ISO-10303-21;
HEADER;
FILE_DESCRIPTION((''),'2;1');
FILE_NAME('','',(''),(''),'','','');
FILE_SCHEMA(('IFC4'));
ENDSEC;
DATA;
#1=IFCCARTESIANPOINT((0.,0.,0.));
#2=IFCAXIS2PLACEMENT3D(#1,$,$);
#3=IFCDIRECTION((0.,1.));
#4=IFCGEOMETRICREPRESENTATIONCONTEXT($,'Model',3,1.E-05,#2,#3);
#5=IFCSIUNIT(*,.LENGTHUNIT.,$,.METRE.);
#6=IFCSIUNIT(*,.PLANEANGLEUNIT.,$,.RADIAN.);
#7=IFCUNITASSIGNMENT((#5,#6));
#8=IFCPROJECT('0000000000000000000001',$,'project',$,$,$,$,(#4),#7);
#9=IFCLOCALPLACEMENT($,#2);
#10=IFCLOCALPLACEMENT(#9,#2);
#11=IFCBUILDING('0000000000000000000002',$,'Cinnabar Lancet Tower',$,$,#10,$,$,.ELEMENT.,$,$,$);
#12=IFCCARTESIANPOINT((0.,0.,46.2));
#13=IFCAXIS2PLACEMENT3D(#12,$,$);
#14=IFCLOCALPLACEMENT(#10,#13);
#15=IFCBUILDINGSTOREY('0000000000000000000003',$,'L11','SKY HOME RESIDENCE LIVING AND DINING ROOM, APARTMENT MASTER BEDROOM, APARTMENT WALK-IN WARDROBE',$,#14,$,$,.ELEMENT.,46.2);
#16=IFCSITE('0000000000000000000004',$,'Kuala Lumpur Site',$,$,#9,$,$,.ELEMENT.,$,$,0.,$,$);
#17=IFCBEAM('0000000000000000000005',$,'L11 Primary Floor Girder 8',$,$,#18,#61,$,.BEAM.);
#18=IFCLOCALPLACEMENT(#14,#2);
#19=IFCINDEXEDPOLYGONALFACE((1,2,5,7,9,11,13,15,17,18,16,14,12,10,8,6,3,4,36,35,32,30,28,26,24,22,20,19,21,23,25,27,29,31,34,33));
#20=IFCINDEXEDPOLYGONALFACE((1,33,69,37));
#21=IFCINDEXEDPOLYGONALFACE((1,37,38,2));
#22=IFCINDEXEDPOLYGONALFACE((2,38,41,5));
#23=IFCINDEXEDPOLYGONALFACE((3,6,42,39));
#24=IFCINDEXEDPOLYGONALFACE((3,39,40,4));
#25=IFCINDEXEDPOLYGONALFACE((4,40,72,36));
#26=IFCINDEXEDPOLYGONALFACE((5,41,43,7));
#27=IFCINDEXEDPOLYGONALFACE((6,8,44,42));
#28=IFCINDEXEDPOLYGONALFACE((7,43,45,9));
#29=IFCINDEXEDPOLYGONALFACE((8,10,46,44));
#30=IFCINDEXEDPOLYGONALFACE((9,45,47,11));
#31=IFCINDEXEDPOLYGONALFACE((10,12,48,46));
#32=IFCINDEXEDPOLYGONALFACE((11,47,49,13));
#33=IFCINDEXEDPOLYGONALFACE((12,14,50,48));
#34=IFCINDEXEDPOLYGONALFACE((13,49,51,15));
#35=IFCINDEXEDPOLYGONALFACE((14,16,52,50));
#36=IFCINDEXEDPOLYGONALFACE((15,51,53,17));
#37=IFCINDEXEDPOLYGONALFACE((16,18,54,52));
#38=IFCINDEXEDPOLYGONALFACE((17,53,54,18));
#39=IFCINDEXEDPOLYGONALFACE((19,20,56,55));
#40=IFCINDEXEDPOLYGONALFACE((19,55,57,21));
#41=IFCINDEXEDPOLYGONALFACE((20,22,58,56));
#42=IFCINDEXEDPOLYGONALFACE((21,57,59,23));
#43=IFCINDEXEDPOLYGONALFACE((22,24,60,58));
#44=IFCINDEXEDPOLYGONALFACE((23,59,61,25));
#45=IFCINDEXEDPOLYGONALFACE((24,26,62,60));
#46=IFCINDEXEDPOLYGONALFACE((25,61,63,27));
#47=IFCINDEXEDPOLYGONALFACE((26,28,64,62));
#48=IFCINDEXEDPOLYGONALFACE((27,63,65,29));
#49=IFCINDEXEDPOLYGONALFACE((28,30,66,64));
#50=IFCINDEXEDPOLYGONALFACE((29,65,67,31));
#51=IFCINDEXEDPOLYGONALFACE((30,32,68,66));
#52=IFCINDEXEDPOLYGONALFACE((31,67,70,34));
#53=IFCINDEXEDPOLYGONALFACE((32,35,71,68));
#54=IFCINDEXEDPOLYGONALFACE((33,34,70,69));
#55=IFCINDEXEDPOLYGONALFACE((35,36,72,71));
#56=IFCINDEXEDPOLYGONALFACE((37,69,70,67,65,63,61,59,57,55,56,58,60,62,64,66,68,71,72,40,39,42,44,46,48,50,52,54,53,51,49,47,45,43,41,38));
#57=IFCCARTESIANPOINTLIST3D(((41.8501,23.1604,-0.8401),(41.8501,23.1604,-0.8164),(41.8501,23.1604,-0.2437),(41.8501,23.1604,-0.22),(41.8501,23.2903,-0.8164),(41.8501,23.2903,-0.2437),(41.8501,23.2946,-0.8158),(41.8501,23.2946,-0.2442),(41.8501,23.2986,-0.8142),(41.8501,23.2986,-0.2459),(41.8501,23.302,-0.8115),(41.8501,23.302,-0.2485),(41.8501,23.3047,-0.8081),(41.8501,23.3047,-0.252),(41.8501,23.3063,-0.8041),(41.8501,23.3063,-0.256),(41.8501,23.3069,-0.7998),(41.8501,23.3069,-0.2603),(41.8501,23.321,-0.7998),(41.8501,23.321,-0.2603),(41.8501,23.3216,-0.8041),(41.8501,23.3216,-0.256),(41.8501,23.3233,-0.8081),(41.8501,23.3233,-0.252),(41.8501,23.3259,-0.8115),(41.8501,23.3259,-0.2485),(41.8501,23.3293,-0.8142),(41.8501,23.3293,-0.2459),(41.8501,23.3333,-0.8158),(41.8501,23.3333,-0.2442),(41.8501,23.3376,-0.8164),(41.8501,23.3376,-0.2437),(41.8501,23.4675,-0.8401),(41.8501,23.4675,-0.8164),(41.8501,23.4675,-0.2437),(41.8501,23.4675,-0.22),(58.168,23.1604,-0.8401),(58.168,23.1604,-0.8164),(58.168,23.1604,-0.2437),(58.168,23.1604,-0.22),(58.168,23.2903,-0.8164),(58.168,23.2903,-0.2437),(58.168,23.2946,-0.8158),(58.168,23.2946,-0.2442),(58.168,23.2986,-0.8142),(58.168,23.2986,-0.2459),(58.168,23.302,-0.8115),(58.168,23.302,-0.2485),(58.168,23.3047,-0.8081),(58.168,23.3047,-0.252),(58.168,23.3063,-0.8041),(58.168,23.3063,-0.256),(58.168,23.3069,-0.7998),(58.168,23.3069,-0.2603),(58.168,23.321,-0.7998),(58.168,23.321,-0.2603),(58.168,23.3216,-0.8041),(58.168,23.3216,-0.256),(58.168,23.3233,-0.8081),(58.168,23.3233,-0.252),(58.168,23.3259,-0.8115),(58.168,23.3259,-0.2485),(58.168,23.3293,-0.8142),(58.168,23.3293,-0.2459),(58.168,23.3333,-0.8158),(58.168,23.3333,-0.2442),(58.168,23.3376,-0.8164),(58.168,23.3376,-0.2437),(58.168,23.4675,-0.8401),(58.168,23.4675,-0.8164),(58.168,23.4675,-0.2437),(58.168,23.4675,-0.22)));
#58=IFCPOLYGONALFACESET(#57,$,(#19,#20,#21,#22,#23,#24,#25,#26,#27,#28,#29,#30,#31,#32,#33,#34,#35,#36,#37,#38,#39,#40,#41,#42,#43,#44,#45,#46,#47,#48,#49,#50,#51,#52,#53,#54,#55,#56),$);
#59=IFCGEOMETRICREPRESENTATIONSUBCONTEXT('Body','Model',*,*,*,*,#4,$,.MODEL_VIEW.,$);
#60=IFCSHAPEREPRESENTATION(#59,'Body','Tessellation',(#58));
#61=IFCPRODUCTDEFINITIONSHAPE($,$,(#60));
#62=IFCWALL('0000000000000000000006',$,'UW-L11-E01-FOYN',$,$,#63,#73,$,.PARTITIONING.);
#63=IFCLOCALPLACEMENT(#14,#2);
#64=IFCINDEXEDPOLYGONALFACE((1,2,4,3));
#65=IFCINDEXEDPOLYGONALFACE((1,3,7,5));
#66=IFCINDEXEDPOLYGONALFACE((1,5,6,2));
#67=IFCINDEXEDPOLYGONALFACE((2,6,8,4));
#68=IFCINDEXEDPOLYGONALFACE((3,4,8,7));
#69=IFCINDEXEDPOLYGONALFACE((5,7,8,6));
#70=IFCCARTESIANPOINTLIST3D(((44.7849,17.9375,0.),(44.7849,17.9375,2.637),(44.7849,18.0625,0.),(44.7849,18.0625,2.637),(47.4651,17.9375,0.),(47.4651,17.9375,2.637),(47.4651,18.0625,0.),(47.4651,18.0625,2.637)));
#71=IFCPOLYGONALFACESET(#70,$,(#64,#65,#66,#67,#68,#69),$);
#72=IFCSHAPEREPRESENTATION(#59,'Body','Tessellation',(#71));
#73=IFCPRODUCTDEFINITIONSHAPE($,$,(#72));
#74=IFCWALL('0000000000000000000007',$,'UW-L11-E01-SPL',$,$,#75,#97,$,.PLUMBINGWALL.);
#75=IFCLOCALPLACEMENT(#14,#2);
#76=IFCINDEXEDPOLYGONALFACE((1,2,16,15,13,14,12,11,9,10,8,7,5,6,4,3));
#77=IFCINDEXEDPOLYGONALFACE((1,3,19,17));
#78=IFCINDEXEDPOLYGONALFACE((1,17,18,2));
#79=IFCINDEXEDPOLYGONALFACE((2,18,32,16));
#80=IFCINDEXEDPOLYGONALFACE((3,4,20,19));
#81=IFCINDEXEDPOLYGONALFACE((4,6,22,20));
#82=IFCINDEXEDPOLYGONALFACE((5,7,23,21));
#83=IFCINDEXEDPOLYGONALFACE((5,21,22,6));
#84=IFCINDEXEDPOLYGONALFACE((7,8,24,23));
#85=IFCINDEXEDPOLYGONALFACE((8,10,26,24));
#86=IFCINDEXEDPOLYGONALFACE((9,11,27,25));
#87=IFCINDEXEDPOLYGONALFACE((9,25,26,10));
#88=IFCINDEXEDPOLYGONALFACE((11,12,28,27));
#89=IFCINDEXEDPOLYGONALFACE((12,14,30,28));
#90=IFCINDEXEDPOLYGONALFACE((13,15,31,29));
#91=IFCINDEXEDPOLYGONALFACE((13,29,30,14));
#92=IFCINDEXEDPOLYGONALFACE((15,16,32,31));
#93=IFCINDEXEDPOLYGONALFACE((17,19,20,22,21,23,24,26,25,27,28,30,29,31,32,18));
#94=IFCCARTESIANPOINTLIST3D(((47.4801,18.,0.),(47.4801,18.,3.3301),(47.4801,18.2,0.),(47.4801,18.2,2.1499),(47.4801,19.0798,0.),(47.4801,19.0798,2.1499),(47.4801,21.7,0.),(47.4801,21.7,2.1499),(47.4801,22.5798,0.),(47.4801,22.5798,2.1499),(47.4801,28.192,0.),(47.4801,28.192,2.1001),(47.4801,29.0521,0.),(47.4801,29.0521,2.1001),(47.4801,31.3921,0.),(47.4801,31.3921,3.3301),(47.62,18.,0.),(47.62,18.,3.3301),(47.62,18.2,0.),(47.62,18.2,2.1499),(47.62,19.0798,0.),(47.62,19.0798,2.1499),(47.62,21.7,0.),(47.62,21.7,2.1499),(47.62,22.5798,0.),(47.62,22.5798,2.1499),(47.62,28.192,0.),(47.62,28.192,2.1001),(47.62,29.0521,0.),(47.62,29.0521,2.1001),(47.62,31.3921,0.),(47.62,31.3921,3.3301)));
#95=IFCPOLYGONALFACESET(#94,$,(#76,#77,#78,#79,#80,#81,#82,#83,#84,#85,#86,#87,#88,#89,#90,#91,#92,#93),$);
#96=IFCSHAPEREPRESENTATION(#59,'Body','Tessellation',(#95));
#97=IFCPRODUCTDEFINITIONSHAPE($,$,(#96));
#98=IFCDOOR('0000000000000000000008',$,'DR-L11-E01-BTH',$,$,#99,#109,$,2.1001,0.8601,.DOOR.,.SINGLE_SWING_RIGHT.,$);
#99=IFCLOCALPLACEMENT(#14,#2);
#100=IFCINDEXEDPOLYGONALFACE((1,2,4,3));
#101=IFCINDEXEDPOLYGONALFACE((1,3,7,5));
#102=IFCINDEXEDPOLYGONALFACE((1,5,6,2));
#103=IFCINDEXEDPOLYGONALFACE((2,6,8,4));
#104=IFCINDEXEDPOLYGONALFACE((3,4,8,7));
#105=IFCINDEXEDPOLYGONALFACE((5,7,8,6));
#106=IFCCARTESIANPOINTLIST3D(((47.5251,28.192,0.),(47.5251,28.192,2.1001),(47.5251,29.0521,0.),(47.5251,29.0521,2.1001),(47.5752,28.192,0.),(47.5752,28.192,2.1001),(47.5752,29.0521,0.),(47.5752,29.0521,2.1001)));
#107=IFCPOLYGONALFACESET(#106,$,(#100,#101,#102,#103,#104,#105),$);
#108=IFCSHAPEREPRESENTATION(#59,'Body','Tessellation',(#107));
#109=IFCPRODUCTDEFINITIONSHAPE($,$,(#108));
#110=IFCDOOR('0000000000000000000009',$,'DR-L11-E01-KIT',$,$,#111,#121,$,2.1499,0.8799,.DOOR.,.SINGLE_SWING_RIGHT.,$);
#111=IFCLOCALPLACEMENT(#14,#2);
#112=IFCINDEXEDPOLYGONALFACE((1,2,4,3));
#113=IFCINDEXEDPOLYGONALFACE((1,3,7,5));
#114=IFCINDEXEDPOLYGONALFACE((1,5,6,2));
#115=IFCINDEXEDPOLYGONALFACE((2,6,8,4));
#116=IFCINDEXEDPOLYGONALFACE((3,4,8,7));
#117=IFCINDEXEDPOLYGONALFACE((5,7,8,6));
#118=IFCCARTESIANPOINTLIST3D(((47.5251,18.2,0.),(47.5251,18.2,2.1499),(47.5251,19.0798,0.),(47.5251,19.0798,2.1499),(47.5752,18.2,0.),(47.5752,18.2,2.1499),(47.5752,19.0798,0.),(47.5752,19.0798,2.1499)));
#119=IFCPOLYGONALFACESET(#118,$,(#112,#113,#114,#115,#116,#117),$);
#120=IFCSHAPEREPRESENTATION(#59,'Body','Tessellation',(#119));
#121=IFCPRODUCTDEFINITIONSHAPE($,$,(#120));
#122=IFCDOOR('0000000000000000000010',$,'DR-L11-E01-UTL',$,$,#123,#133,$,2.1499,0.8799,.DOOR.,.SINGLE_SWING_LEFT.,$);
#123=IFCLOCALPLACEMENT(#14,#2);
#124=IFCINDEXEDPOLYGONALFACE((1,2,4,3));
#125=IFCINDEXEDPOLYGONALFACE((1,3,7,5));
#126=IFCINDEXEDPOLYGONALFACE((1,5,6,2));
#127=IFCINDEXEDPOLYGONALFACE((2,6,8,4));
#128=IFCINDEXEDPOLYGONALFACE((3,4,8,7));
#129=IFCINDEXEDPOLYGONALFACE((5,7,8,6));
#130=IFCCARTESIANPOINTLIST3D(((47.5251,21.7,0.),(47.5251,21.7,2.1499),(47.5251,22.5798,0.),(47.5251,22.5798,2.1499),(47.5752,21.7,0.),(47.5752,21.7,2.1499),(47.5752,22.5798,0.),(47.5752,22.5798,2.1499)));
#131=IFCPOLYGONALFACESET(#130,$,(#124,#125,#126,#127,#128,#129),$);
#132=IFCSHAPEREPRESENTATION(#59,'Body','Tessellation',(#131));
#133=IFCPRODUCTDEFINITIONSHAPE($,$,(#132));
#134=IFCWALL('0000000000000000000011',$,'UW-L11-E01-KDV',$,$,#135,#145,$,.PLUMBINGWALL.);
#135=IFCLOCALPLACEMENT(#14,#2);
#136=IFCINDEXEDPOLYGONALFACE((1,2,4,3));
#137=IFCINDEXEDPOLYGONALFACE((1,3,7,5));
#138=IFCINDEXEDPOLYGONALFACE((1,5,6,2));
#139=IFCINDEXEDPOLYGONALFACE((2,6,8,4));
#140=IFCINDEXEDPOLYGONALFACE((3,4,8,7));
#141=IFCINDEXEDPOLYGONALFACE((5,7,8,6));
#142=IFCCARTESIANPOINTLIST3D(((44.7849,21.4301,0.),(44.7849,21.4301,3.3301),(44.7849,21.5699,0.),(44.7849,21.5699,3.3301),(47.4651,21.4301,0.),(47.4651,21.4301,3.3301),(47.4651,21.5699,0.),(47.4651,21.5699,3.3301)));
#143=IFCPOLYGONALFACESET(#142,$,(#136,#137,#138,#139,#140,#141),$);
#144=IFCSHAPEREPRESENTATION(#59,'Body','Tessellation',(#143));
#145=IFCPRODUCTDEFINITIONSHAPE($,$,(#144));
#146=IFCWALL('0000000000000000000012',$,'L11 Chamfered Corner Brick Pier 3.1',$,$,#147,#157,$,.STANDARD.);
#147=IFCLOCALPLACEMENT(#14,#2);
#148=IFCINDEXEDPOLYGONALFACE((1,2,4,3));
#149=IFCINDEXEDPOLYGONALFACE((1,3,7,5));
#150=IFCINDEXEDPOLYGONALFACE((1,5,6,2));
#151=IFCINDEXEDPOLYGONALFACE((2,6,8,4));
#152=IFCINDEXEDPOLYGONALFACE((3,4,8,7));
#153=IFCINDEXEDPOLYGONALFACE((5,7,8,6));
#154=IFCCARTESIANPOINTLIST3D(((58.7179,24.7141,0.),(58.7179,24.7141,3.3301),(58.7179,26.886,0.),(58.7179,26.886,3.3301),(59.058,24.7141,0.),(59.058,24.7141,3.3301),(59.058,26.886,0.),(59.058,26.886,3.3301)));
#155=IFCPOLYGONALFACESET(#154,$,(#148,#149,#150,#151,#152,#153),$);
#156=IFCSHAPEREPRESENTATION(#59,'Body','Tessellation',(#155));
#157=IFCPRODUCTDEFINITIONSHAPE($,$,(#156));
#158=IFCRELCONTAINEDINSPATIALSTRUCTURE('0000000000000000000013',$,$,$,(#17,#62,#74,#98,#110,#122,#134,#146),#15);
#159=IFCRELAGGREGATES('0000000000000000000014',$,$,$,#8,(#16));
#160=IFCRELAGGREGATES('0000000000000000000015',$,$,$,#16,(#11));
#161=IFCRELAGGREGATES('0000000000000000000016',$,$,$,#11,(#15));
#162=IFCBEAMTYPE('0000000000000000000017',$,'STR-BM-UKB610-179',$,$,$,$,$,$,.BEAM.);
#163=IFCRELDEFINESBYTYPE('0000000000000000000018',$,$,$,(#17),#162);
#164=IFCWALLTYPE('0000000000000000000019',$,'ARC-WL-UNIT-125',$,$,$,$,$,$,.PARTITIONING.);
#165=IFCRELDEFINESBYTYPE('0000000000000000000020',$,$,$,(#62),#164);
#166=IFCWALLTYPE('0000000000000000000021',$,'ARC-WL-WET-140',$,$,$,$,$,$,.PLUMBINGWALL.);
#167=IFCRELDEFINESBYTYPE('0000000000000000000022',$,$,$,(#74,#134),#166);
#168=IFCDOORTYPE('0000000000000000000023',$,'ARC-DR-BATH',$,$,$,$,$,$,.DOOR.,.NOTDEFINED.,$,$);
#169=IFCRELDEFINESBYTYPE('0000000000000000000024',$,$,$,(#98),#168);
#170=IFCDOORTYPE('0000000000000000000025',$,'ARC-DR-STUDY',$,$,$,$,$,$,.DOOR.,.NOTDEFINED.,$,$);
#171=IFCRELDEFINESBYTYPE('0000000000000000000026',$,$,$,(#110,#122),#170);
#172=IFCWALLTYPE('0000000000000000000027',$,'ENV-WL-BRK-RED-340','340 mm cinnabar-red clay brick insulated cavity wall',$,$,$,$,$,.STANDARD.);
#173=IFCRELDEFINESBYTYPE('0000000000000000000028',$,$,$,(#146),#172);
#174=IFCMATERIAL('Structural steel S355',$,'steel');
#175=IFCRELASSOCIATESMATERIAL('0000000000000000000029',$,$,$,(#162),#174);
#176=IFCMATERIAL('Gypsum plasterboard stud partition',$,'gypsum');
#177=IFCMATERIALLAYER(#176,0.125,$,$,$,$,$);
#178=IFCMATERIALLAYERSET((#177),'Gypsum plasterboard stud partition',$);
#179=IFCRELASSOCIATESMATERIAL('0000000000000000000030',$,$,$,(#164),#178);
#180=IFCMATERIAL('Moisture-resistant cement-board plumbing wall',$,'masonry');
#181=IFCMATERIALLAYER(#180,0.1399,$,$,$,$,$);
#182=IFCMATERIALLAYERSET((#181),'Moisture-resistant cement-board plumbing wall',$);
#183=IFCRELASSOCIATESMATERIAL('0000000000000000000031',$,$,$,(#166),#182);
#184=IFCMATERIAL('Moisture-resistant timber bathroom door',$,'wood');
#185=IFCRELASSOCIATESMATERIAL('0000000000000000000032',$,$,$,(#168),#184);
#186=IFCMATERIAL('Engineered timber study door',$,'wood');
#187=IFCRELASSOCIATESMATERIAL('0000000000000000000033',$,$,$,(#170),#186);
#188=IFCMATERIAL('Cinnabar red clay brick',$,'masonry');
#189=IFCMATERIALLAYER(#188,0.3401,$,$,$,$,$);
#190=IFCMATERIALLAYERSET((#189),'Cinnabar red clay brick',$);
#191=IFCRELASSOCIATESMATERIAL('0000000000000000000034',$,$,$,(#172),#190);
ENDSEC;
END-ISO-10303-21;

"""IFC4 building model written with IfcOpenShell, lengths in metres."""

from ifc_helpers import new_model, si_unit, direction, frame, frame_2d, origin, origin_2d, place, context, subcontext, project, spatial, rectangle, i_section, extrude, material, layer, layer_set, material_profile, profile_set, type_object, element, fill, save


model = new_model("IFC4")

# Units and contexts
model_context = context("Model", 3, precision=1e-05, world=origin(), true_north=direction((0.0, 1.0)))
body_context = subcontext(model_context, "Body", "Model", "MODEL_VIEW")
ifc_project = project(units=[si_unit("LENGTHUNIT", "METRE"), si_unit("PLANEANGLEUNIT", "RADIAN")], contexts=[model_context])

# Site, building, storey
site_placement = place(None, origin())
site = spatial("IfcSite", under=ifc_project, at=site_placement, Name="Kuala Lumpur Site", CompositionType="ELEMENT", RefElevation=0.0)
building_placement = place(site_placement, origin())
building = spatial("IfcBuilding", under=site, at=building_placement, Name="Cinnabar Lancet Tower", CompositionType="ELEMENT")
storey_placement = place(building_placement, frame((0.0, 0.0, 46.2)))
storey = spatial("IfcBuildingStorey", under=building, at=storey_placement, Name="L11", Description="SKY HOME RESIDENCE LIVING AND DINING ROOM, APARTMENT MASTER BEDROOM, APARTMENT WALK-IN WARDROBE", CompositionType="ELEMENT", Elevation=46.2)

# Beam
ifc_material_1 = material(Name="Structural steel S355", Category="steel")
ifc_material_profile_1 = material_profile(ifc_material_1, i_section(OverallWidth=0.3071, OverallDepth=0.6201, WebThickness=0.0142, FlangeThickness=0.0237, FilletRadius=0.0166, at=origin_2d()), Name="UKB 610x305x179")
ifc_profile_set_1 = profile_set([ifc_material_profile_1], Name="Structural steel S355")
beam_type_1 = type_object("IfcBeamType", Name="STR-BM-UKB610-179", PredefinedType="BEAM", material=ifc_profile_set_1)
beam_1_placement = place(storey_placement, frame((58.168, 23.314, -0.53), z_axis=(-1.0, 0.0, 0.0), x_axis=(0.0, -1.0, 0.0)))
element("IfcBeam", 1, at=beam_1_placement, inside=storey, type_object=beam_type_1, Name="L11 Primary Floor Girder 8", PredefinedType="BEAM", context=body_context, shape_type="SweptSolid", body=[
    extrude(i_section(OverallWidth=0.3071, OverallDepth=0.6201, WebThickness=0.0142, FlangeThickness=0.0237, FilletRadius=0.0166, at=origin_2d()), origin(), (0.0, 0.0, 1.0), 16.3179),
])

# Wall
ifc_material_2 = material(Name="Gypsum plasterboard stud partition", Category="gypsum")
ifc_layer_1 = layer(ifc_material_2, 0.125)
ifc_layer_set_1 = layer_set([ifc_layer_1], Name="Gypsum plasterboard stud partition")
wall_type_1 = type_object("IfcWallType", Name="ARC-WL-UNIT-125", PredefinedType="PARTITIONING", material=ifc_layer_set_1)
wall_1_placement = place(storey_placement, frame((44.7849, 18.0, 0.0), z_axis=(0.0, 0.0, 1.0), x_axis=(1.0, 0.0, 0.0)))
element("IfcWall", 2, at=wall_1_placement, inside=storey, type_object=wall_type_1, Name="UW-L11-E01-FOYN", PredefinedType="PARTITIONING", context=body_context, shape_type="SweptSolid", body=[
    extrude(rectangle(XDim=2.6802, YDim=0.125, at=frame_2d((1.3401, 0.0))), origin(), (0.0, 0.0, 1.0), 2.637),
])

# Wall, openings, doors
ifc_material_3 = material(Name="Moisture-resistant cement-board plumbing wall", Category="masonry")
ifc_layer_2 = layer(ifc_material_3, 0.1399)
ifc_layer_set_2 = layer_set([ifc_layer_2], Name="Moisture-resistant cement-board plumbing wall")
wall_type_2 = type_object("IfcWallType", Name="ARC-WL-WET-140", PredefinedType="PLUMBINGWALL", material=ifc_layer_set_2)
wall_2_placement = place(storey_placement, frame((47.55, 18.0, 0.0), z_axis=(0.0, 0.0, 1.0), x_axis=(0.0, 1.0, 0.0)))
wall_2 = element("IfcWall", 3, at=wall_2_placement, inside=storey, type_object=wall_type_2, Name="UW-L11-E01-SPL", PredefinedType="PLUMBINGWALL", context=body_context, shape_type="SweptSolid", body=[
    extrude(rectangle(XDim=13.3921, YDim=0.1399, at=frame_2d((6.696, 0.0))), origin(), (0.0, 0.0, 1.0), 3.3301),
])
opening_1_placement = place(wall_2_placement, frame((0.2, 0.0, 0.0)))
opening_1 = element("IfcOpeningElement", 4, at=opening_1_placement, cuts=wall_2, PredefinedType="OPENING", context=body_context, shape_type="SweptSolid", body=[
    extrude(rectangle(XDim=0.8799, YDim=2.1499, at=frame_2d((0.4399, 1.075))), frame((0.0, 0.0798, 0.0), z_axis=(0.0, -1.0, 0.0), x_axis=(1.0, 0.0, 0.0)), (0.0, 0.0, 1.0), 0.1599),
])
opening_2_placement = place(wall_2_placement, frame((3.7, 0.0, 0.0)))
opening_2 = element("IfcOpeningElement", 5, at=opening_2_placement, cuts=wall_2, PredefinedType="OPENING", context=body_context, shape_type="SweptSolid", body=[
    extrude(rectangle(XDim=0.8799, YDim=2.1499, at=frame_2d((0.4399, 1.075))), frame((0.0, 0.0798, 0.0), z_axis=(0.0, -1.0, 0.0), x_axis=(1.0, 0.0, 0.0)), (0.0, 0.0, 1.0), 0.1599),
])
opening_3_placement = place(wall_2_placement, frame((10.1919, 0.0, 0.0)))
opening_3 = element("IfcOpeningElement", 6, at=opening_3_placement, cuts=wall_2, PredefinedType="OPENING", context=body_context, shape_type="SweptSolid", body=[
    extrude(rectangle(XDim=0.8601, YDim=2.1001, at=frame_2d((0.4302, 1.05))), frame((0.0, 0.0798, 0.0), z_axis=(0.0, -1.0, 0.0), x_axis=(1.0, 0.0, 0.0)), (0.0, 0.0, 1.0), 0.1599),
])
ifc_material_4 = material(Name="Moisture-resistant timber bathroom door", Category="wood")
door_type_1 = type_object("IfcDoorType", Name="ARC-DR-BATH", OperationType="NOTDEFINED", PredefinedType="DOOR", material=ifc_material_4)
door_1_placement = place(opening_3_placement, origin())
door_1 = element("IfcDoor", 7, at=door_1_placement, inside=storey, type_object=door_type_1, Name="DR-L11-E01-BTH", OperationType="SINGLE_SWING_RIGHT", OverallHeight=2.1001, OverallWidth=0.8601, PredefinedType="DOOR", context=body_context, shape_type="SweptSolid", body=[
    extrude(rectangle(XDim=0.8601, YDim=2.1001, at=frame_2d((0.4302, 1.05))), frame((0.0, 0.0249, 0.0), z_axis=(0.0, -1.0, 0.0), x_axis=(1.0, 0.0, 0.0)), (0.0, 0.0, 1.0), 0.05),
])
fill(opening_3, door_1)
ifc_material_5 = material(Name="Engineered timber study door", Category="wood")
door_type_2 = type_object("IfcDoorType", Name="ARC-DR-STUDY", OperationType="NOTDEFINED", PredefinedType="DOOR", material=ifc_material_5)
door_2_placement = place(opening_1_placement, origin())
door_2 = element("IfcDoor", 8, at=door_2_placement, inside=storey, type_object=door_type_2, Name="DR-L11-E01-KIT", OperationType="SINGLE_SWING_RIGHT", OverallHeight=2.1499, OverallWidth=0.8799, PredefinedType="DOOR", context=body_context, shape_type="SweptSolid", body=[
    extrude(rectangle(XDim=0.8799, YDim=2.1499, at=frame_2d((0.4399, 1.075))), frame((0.0, 0.0249, 0.0), z_axis=(0.0, -1.0, 0.0), x_axis=(1.0, 0.0, 0.0)), (0.0, 0.0, 1.0), 0.05),
])
fill(opening_1, door_2)
door_3_placement = place(opening_2_placement, origin())
door_3 = element("IfcDoor", 9, at=door_3_placement, inside=storey, type_object=door_type_2, Name="DR-L11-E01-UTL", OperationType="SINGLE_SWING_LEFT", OverallHeight=2.1499, OverallWidth=0.8799, PredefinedType="DOOR", context=body_context, shape_type="SweptSolid", body=[
    extrude(rectangle(XDim=0.8799, YDim=2.1499, at=frame_2d((0.4399, 1.075))), frame((0.0, 0.0249, 0.0), z_axis=(0.0, -1.0, 0.0), x_axis=(1.0, 0.0, 0.0)), (0.0, 0.0, 1.0), 0.05),
])
fill(opening_2, door_3)

# Walls
wall_3_placement = place(storey_placement, frame((44.7849, 21.5, 0.0), z_axis=(0.0, 0.0, 1.0), x_axis=(1.0, 0.0, 0.0)))
element("IfcWall", 10, at=wall_3_placement, inside=storey, type_object=wall_type_2, Name="UW-L11-E01-KDV", PredefinedType="PLUMBINGWALL", context=body_context, shape_type="SweptSolid", body=[
    extrude(rectangle(XDim=2.6802, YDim=0.1399, at=frame_2d((1.3401, 0.0))), origin(), (0.0, 0.0, 1.0), 3.3301),
])
ifc_material_6 = material(Name="Cinnabar red clay brick", Category="masonry")
ifc_layer_3 = layer(ifc_material_6, 0.3401)
ifc_layer_set_3 = layer_set([ifc_layer_3], Name="Cinnabar red clay brick")
wall_type_3 = type_object("IfcWallType", Name="ENV-WL-BRK-RED-340", Description="340 mm cinnabar-red clay brick insulated cavity wall", PredefinedType="STANDARD", material=ifc_layer_set_3)
wall_4_placement = place(storey_placement, frame((58.8879, 24.7141, 0.0), z_axis=(0.0, 0.0, 1.0), x_axis=(0.0, 1.0, 0.0)))
element("IfcWall", 11, at=wall_4_placement, inside=storey, type_object=wall_type_3, Name="L11 Chamfered Corner Brick Pier 3.1", PredefinedType="STANDARD", context=body_context, shape_type="SweptSolid", body=[
    extrude(rectangle(XDim=2.1719, YDim=0.3401, at=frame_2d((1.0859, 0.0))), origin(), (0.0, 0.0, 1.0), 3.3301),
])

save(model, "model.ifc")
